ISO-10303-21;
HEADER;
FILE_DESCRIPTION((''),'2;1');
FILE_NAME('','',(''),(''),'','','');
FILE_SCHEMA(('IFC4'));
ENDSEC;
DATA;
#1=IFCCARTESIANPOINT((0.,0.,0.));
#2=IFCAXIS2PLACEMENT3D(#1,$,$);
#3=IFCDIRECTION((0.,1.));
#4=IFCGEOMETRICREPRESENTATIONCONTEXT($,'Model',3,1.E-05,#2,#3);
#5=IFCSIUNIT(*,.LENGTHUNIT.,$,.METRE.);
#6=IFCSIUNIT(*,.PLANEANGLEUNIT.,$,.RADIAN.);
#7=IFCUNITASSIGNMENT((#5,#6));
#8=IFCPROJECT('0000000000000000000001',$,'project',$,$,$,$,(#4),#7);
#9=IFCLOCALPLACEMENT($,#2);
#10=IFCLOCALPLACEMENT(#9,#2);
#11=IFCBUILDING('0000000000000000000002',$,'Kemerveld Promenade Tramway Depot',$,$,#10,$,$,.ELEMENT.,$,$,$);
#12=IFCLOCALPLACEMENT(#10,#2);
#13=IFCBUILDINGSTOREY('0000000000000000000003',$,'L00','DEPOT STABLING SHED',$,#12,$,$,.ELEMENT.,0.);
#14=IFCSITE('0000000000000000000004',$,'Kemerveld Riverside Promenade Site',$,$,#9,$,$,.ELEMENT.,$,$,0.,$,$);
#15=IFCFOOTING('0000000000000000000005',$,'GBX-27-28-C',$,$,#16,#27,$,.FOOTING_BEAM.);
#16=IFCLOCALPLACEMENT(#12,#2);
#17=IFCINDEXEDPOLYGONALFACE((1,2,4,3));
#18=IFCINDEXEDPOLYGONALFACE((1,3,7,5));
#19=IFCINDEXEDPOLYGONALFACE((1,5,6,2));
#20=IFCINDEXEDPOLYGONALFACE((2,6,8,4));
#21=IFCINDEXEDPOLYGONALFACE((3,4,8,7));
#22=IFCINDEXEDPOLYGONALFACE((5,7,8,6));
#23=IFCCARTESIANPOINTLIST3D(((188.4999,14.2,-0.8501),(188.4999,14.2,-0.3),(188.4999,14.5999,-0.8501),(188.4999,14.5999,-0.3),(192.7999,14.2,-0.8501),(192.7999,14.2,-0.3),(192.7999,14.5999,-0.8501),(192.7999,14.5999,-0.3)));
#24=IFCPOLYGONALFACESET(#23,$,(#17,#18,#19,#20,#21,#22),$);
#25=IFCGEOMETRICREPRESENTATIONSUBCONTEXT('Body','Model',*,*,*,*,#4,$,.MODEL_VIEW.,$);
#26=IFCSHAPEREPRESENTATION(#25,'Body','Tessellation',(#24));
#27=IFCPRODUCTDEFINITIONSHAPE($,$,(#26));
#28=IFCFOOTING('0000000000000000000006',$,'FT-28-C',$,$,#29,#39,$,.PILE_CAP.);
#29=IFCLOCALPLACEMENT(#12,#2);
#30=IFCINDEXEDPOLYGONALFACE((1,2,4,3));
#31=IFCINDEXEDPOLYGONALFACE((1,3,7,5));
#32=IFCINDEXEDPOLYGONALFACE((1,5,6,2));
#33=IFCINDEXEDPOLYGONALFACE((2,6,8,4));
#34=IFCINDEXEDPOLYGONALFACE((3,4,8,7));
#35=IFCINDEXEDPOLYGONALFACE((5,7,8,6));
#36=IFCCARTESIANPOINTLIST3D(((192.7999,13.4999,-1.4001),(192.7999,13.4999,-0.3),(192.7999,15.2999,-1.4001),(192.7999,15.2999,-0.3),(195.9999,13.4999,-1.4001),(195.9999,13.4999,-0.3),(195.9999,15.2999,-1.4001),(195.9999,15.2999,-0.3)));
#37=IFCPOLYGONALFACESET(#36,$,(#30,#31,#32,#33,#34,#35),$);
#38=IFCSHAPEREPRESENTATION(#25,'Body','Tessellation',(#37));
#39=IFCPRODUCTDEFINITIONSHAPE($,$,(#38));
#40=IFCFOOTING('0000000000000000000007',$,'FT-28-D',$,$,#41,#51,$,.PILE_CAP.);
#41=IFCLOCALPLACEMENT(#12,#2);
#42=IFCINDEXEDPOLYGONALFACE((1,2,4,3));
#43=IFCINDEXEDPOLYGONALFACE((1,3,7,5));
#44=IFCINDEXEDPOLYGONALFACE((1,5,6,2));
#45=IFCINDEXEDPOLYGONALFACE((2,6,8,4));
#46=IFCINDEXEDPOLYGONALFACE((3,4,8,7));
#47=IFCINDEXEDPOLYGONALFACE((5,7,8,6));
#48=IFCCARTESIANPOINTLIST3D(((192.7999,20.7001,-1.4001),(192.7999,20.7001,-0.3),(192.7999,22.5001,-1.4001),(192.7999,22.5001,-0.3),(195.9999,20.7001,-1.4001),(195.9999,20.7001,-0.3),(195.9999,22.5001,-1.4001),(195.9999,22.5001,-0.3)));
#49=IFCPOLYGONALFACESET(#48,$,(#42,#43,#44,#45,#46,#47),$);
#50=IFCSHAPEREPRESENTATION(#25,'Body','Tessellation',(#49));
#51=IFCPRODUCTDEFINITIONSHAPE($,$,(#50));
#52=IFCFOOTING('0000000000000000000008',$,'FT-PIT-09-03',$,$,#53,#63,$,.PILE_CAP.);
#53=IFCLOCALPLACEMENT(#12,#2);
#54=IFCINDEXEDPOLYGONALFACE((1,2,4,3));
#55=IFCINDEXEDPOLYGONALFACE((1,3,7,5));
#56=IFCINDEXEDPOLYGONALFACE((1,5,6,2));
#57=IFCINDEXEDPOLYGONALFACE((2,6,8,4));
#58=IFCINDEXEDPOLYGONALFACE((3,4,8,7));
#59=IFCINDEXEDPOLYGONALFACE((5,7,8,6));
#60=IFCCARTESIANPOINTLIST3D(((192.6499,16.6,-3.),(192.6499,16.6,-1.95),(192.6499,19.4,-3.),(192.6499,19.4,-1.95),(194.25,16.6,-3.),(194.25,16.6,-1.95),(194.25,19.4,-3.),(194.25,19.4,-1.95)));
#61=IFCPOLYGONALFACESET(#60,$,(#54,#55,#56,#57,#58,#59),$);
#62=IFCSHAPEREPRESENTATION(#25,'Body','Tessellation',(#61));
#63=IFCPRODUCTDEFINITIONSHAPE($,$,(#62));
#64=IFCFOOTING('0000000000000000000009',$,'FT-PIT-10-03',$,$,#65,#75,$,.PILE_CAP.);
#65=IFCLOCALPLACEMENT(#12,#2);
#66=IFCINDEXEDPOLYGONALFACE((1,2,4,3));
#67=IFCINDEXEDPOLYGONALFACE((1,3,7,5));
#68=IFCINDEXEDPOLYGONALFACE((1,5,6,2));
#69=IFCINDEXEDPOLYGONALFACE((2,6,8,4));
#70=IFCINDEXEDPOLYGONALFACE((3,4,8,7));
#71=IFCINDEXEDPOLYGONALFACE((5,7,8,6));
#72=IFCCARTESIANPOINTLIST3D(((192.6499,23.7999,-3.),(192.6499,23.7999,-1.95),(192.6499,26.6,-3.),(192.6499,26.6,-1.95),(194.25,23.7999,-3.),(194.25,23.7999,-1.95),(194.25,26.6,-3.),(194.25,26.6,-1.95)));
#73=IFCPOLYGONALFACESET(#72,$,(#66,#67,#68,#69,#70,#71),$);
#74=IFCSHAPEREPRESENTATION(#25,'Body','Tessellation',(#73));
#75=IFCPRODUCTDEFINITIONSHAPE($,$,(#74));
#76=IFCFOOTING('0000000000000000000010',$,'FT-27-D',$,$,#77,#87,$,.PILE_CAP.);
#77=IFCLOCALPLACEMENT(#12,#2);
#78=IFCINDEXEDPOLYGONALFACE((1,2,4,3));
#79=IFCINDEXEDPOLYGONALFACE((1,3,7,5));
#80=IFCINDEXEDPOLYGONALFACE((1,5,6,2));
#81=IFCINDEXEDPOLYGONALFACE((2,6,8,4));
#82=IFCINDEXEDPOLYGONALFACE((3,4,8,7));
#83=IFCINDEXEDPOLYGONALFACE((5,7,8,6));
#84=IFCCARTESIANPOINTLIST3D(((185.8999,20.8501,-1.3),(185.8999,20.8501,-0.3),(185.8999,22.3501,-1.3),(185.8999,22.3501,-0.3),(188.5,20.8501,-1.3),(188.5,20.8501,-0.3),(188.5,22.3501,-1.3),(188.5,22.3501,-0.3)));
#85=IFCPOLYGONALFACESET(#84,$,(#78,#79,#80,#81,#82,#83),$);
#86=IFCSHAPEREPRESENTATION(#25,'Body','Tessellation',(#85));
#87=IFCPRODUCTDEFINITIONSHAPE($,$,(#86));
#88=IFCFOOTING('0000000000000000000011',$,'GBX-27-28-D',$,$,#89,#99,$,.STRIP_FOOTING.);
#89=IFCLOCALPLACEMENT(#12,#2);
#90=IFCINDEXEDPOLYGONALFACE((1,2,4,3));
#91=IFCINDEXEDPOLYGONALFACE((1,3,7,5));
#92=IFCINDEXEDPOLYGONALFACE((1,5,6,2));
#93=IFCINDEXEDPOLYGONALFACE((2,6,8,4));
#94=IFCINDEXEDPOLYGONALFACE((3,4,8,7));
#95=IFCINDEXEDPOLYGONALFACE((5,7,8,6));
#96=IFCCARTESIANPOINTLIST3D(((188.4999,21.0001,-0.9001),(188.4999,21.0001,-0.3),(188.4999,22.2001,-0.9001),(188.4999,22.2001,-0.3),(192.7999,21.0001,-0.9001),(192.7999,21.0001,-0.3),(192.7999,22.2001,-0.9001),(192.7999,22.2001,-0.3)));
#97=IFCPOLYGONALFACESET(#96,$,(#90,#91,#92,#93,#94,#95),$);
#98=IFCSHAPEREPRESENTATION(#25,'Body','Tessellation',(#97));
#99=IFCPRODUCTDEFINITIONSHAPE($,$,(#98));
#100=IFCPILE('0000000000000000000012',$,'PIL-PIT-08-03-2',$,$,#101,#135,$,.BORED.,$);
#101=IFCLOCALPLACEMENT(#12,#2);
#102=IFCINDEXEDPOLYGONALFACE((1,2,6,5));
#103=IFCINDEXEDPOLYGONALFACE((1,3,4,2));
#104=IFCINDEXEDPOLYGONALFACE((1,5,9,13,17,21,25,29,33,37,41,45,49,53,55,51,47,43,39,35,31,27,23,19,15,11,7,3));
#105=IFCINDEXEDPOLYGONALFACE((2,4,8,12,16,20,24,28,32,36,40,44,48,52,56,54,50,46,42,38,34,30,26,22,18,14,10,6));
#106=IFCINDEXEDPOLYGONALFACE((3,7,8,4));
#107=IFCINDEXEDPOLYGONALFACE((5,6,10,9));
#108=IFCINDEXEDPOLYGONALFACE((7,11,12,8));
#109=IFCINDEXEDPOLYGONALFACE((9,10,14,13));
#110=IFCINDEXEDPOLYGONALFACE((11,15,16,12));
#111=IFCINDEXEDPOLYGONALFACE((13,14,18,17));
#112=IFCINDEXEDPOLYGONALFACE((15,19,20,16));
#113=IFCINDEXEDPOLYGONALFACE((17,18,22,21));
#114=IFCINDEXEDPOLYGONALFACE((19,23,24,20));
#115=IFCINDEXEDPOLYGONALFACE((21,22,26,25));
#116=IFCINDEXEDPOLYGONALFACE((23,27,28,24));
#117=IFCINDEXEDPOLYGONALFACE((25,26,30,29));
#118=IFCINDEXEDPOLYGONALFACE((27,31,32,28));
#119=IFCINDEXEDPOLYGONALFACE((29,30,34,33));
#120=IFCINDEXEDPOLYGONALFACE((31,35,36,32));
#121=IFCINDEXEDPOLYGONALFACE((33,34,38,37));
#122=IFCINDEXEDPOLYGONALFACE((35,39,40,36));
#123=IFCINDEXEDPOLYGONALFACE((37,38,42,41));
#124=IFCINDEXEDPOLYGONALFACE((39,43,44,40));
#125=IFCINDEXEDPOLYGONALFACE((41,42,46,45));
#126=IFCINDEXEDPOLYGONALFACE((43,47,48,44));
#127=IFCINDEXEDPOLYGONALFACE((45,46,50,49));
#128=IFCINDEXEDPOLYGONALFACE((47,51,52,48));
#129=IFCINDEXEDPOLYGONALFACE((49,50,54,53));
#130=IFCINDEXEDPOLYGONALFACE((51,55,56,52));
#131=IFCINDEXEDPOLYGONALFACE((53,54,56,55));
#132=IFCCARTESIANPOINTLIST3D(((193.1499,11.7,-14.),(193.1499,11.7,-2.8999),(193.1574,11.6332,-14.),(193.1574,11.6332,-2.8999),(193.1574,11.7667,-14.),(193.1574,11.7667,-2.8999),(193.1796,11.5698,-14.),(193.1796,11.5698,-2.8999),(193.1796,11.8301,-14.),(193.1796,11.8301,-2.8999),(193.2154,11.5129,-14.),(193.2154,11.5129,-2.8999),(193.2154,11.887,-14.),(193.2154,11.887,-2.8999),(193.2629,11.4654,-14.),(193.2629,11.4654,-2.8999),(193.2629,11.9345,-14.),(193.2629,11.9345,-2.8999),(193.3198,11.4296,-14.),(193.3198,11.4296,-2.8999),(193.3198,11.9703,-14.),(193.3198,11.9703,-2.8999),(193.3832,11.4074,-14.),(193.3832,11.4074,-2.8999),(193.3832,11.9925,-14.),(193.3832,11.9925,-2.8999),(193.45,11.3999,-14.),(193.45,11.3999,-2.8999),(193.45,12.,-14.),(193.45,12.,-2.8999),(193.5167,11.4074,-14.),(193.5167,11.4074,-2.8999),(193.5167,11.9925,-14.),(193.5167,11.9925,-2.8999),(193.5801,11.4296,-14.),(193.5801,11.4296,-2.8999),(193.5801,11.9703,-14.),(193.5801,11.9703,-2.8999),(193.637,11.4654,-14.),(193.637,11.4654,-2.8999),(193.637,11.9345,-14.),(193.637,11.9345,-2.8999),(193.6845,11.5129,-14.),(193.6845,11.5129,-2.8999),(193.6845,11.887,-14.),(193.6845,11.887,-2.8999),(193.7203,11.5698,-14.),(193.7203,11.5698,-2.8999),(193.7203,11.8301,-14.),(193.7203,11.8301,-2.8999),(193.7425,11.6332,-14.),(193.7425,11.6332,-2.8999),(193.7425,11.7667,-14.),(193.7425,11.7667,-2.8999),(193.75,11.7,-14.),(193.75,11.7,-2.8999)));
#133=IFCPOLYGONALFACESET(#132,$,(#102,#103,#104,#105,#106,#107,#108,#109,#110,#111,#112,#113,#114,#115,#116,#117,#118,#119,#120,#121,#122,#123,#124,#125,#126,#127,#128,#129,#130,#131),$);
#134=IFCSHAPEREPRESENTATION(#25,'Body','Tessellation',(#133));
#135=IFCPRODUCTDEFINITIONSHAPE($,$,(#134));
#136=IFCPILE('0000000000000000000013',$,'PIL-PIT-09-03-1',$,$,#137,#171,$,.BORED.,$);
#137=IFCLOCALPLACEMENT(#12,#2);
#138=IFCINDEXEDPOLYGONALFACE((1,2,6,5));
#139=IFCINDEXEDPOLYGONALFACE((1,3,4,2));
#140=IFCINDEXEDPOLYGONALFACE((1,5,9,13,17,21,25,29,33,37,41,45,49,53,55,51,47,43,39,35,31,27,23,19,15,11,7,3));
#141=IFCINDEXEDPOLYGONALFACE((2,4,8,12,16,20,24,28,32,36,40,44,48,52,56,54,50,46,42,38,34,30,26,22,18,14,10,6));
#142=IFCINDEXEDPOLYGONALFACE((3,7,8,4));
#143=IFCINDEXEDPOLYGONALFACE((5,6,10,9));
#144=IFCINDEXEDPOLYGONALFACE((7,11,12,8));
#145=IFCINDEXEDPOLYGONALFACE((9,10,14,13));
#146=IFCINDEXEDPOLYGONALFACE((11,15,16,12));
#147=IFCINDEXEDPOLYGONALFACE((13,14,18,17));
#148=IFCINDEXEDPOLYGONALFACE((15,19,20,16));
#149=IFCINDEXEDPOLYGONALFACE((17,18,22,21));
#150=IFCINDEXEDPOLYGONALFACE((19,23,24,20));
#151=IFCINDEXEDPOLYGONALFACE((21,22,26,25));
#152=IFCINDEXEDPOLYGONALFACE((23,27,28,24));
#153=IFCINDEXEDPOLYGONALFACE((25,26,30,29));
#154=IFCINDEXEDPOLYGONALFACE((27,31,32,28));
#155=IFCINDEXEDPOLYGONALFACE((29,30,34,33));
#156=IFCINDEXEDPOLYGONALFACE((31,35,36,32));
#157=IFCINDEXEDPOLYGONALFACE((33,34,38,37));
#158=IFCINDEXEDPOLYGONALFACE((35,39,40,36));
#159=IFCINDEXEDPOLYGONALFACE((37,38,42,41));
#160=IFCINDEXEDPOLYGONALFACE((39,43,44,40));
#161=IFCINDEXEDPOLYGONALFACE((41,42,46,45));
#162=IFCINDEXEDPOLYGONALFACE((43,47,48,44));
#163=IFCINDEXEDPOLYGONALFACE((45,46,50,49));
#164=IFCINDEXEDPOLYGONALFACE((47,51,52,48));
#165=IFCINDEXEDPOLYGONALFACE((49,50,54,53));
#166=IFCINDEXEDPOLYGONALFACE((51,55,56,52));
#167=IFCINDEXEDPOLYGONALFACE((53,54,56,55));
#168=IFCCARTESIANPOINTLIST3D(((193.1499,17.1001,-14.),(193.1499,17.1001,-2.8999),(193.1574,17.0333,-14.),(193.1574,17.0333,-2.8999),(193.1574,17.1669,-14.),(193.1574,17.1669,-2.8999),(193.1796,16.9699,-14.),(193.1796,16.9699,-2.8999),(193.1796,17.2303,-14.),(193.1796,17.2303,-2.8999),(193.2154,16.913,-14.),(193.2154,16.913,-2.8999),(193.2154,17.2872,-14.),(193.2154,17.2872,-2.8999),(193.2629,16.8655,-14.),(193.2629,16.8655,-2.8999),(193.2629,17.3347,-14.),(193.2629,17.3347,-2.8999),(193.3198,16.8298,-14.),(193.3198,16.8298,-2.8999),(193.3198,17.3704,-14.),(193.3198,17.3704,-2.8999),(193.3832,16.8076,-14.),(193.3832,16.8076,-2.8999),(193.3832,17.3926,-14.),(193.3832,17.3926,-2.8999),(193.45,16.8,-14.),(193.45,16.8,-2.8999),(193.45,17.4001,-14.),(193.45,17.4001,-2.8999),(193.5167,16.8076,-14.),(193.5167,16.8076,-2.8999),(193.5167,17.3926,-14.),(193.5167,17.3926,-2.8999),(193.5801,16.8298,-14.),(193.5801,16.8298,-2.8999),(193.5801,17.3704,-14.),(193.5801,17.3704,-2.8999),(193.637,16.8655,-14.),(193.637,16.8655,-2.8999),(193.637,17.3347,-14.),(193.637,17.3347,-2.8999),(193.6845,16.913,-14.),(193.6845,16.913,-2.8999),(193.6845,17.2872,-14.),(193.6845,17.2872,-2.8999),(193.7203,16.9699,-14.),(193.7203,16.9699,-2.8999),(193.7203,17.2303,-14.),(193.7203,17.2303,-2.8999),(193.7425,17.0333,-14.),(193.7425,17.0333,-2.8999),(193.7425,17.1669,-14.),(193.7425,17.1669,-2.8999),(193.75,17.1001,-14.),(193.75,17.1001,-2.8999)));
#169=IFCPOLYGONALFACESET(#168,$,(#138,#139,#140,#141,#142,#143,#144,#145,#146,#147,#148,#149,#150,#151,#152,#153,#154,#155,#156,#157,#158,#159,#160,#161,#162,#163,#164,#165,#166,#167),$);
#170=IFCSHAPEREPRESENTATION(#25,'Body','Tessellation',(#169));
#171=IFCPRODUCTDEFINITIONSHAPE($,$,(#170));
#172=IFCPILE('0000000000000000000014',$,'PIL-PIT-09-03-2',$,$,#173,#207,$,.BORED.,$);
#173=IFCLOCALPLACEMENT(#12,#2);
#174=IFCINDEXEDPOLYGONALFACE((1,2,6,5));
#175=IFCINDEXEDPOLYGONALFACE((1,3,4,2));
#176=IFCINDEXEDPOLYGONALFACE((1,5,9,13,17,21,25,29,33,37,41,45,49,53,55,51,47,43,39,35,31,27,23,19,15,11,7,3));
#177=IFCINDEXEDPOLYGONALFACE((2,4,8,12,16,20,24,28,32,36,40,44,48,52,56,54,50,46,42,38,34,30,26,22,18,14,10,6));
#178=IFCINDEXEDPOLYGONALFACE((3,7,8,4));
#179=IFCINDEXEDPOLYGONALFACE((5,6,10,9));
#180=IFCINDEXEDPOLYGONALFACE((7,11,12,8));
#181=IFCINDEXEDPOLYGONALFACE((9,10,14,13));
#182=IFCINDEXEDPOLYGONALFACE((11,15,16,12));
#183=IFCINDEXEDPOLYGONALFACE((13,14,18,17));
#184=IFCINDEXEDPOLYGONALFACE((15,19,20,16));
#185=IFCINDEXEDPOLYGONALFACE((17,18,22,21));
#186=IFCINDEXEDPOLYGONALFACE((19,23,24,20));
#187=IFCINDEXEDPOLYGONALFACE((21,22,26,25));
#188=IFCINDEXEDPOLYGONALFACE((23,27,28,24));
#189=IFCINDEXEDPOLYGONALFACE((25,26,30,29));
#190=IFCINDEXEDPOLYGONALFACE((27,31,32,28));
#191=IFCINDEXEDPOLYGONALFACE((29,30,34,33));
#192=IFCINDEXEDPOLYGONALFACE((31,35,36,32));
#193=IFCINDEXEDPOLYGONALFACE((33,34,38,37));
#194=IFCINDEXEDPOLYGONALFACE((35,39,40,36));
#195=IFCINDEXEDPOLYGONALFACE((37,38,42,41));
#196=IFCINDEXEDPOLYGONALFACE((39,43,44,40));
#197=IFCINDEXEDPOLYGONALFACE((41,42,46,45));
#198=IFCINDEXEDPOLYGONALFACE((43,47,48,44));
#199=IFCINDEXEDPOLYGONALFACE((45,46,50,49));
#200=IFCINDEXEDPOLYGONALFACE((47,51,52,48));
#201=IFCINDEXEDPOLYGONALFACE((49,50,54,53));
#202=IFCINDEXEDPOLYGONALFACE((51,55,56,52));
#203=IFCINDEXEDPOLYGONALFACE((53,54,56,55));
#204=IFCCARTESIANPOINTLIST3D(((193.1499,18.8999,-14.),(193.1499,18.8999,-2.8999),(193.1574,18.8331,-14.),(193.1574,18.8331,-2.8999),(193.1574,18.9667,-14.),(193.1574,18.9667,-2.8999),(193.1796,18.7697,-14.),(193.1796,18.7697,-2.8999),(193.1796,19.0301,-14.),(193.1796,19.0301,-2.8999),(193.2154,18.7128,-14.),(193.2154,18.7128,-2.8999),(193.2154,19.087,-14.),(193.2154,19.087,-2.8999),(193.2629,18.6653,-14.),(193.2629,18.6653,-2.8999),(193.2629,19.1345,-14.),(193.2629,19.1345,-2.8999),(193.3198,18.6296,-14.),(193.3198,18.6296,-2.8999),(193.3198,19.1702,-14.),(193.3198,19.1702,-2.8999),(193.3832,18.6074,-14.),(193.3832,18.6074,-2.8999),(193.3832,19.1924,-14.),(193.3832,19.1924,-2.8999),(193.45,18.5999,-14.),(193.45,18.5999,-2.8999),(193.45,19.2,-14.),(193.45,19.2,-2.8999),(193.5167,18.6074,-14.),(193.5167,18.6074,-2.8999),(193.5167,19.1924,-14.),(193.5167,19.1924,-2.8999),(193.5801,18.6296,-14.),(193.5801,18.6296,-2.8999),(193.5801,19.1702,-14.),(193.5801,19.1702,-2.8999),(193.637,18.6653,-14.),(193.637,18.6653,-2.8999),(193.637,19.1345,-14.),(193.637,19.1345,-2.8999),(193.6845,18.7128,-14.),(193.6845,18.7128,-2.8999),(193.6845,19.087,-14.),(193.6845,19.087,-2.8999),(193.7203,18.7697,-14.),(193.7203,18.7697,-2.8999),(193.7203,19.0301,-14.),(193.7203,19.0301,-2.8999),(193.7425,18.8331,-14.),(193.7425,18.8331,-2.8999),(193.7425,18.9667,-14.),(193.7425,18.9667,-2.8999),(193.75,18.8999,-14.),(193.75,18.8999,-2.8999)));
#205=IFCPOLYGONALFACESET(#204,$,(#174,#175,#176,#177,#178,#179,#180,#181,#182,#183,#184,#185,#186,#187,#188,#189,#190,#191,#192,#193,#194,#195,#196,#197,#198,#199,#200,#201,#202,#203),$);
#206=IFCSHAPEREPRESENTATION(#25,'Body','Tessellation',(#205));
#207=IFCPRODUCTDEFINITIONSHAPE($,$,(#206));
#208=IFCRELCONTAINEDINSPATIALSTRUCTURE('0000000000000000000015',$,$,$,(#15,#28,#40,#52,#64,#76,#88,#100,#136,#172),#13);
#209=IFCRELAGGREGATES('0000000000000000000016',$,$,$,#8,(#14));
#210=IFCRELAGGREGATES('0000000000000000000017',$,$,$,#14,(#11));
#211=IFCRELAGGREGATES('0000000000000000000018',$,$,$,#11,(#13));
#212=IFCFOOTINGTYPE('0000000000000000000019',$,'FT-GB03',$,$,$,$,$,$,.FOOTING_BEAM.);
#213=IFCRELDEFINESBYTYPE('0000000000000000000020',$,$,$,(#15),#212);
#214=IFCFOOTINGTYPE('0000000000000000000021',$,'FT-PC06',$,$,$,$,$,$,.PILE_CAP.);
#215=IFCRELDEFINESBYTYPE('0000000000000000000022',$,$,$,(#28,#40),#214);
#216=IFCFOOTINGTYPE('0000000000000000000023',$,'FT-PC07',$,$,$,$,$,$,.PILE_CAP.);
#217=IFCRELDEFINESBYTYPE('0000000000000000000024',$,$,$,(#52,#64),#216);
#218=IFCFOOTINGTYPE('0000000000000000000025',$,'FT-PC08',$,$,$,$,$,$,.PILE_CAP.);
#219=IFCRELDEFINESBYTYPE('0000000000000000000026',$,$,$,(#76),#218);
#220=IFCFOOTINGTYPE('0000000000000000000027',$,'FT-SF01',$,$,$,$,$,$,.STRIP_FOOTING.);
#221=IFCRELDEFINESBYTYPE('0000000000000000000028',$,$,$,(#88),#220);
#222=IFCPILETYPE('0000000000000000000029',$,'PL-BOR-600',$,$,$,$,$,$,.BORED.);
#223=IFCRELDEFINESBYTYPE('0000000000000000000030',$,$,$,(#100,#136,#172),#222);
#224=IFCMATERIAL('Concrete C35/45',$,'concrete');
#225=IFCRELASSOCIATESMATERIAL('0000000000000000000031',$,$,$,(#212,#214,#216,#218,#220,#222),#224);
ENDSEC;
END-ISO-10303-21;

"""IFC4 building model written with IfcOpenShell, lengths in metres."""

from ifc_helpers import new_model, si_unit, direction, frame, origin, origin_2d, place, context, subcontext, project, spatial, rectangle, circle, extrude, material, material_profile, profile_set, type_object, element, save


model = new_model("IFC4")

# Units and contexts
model_context = context("Model", 3, precision=1e-05, world=origin(), true_north=direction((0.0, 1.0)))
body_context = subcontext(model_context, "Body", "Model", "MODEL_VIEW")
ifc_project = project(units=[si_unit("LENGTHUNIT", "METRE"), si_unit("PLANEANGLEUNIT", "RADIAN")], contexts=[model_context])

# Site, building, storey
site_placement = place(None, origin())
site = spatial("IfcSite", under=ifc_project, at=site_placement, Name="Kemerveld Riverside Promenade Site", CompositionType="ELEMENT", RefElevation=0.0)
building_placement = place(site_placement, origin())
building = spatial("IfcBuilding", under=site, at=building_placement, Name="Kemerveld Promenade Tramway Depot", CompositionType="ELEMENT")
storey_placement = place(building_placement, origin())
storey = spatial("IfcBuildingStorey", under=building, at=storey_placement, Name="L00", Description="DEPOT STABLING SHED", CompositionType="ELEMENT", Elevation=0.0)

# Footings
ifc_material_1 = material(Name="Concrete C35/45", Category="concrete")
footing_type_1 = type_object("IfcFootingType", Name="FT-GB03", PredefinedType="FOOTING_BEAM", material=ifc_material_1)
footing_1_placement = place(storey_placement, frame((190.6499, 14.3999, -0.8501), z_axis=(0.0, 0.0, 1.0), x_axis=(1.0, 0.0, 0.0)))
element("IfcFooting", 1, at=footing_1_placement, inside=storey, type_object=footing_type_1, Name="GBX-27-28-C", PredefinedType="FOOTING_BEAM", context=body_context, shape_type="SweptSolid", body=[
    extrude(rectangle(XDim=4.3, YDim=0.3999, at=origin_2d()), origin(), (0.0, 0.0, 1.0), 0.55),
])
footing_type_2 = type_object("IfcFootingType", Name="FT-PC06", PredefinedType="PILE_CAP", material=ifc_material_1)
for number, where, z_axis, x_axis, name in (
    (2, (194.3999, 14.3999, -1.4001), (0.0, 0.0, 1.0), (1.0, 0.0, 0.0), "FT-28-C"),
    (3, (194.3999, 21.6001, -1.4001), (0.0, 0.0, 1.0), (1.0, 0.0, 0.0), "FT-28-D"),
):
    element("IfcFooting", number, at=place(storey_placement, frame(where, z_axis=z_axis, x_axis=x_axis)), inside=storey, type_object=footing_type_2, Name=name, PredefinedType="PILE_CAP", context=body_context, shape_type="SweptSolid", body=[
        extrude(rectangle(XDim=3.2, YDim=1.8, at=origin_2d()), origin(), (0.0, 0.0, 1.0), 1.1001),
    ])
footing_type_3 = type_object("IfcFootingType", Name="FT-PC07", PredefinedType="PILE_CAP", material=ifc_material_1)
for number, where, z_axis, x_axis, name in (
    (4, (193.45, 18.0, -3.0), (0.0, 0.0, 1.0), (1.0, 0.0, 0.0), "FT-PIT-09-03"),
    (5, (193.45, 25.2, -3.0), (0.0, 0.0, 1.0), (1.0, 0.0, 0.0), "FT-PIT-10-03"),
):
    element("IfcFooting", number, at=place(storey_placement, frame(where, z_axis=z_axis, x_axis=x_axis)), inside=storey, type_object=footing_type_3, Name=name, PredefinedType="PILE_CAP", context=body_context, shape_type="SweptSolid", body=[
        extrude(rectangle(XDim=1.6001, YDim=2.8, at=origin_2d()), origin(), (0.0, 0.0, 1.0), 1.05),
    ])
footing_type_4 = type_object("IfcFootingType", Name="FT-PC08", PredefinedType="PILE_CAP", material=ifc_material_1)
footing_2_placement = place(storey_placement, frame((187.2, 21.6001, -1.3), z_axis=(0.0, 0.0, 1.0), x_axis=(1.0, 0.0, 0.0)))
element("IfcFooting", 6, at=footing_2_placement, inside=storey, type_object=footing_type_4, Name="FT-27-D", PredefinedType="PILE_CAP", context=body_context, shape_type="SweptSolid", body=[
    extrude(rectangle(XDim=2.6001, YDim=1.5, at=origin_2d()), origin(), (0.0, 0.0, 1.0), 1.0),
])
footing_type_5 = type_object("IfcFootingType", Name="FT-SF01", PredefinedType="STRIP_FOOTING", material=ifc_material_1)
footing_3_placement = place(storey_placement, frame((190.6499, 21.6001, -0.9001), z_axis=(0.0, 0.0, 1.0), x_axis=(1.0, 0.0, 0.0)))
element("IfcFooting", 7, at=footing_3_placement, inside=storey, type_object=footing_type_5, Name="GBX-27-28-D", PredefinedType="STRIP_FOOTING", context=body_context, shape_type="SweptSolid", body=[
    extrude(rectangle(XDim=4.3, YDim=1.2, at=origin_2d()), origin(), (0.0, 0.0, 1.0), 0.6001),
])

# Piles
ifc_material_profile_1 = material_profile(ifc_material_1, circle(Radius=0.3, at=origin_2d()), Name="PILE-D600")
ifc_profile_set_1 = profile_set([ifc_material_profile_1], Name="Concrete C35/45")
pile_type_1 = type_object("IfcPileType", Name="PL-BOR-600", PredefinedType="BORED", material=ifc_profile_set_1)
for number, where, z_axis, x_axis, name in (
    (8, (193.45, 11.7, -2.8999), (0.0, 0.0, -1.0), (1.0, 0.0, 0.0), "PIL-PIT-08-03-2"),
    (9, (193.45, 17.1001, -2.8999), (0.0, 0.0, -1.0), (1.0, 0.0, 0.0), "PIL-PIT-09-03-1"),
    (10, (193.45, 18.8999, -2.8999), (0.0, 0.0, -1.0), (1.0, 0.0, 0.0), "PIL-PIT-09-03-2"),
):
    element("IfcPile", number, at=place(storey_placement, frame(where, z_axis=z_axis, x_axis=x_axis)), inside=storey, type_object=pile_type_1, Name=name, PredefinedType="BORED", context=body_context, shape_type="SweptSolid", body=[
        extrude(circle(Radius=0.3, at=origin_2d()), origin(), (0.0, 0.0, 1.0), 11.1001),
    ])

save(model, "model.ifc")
